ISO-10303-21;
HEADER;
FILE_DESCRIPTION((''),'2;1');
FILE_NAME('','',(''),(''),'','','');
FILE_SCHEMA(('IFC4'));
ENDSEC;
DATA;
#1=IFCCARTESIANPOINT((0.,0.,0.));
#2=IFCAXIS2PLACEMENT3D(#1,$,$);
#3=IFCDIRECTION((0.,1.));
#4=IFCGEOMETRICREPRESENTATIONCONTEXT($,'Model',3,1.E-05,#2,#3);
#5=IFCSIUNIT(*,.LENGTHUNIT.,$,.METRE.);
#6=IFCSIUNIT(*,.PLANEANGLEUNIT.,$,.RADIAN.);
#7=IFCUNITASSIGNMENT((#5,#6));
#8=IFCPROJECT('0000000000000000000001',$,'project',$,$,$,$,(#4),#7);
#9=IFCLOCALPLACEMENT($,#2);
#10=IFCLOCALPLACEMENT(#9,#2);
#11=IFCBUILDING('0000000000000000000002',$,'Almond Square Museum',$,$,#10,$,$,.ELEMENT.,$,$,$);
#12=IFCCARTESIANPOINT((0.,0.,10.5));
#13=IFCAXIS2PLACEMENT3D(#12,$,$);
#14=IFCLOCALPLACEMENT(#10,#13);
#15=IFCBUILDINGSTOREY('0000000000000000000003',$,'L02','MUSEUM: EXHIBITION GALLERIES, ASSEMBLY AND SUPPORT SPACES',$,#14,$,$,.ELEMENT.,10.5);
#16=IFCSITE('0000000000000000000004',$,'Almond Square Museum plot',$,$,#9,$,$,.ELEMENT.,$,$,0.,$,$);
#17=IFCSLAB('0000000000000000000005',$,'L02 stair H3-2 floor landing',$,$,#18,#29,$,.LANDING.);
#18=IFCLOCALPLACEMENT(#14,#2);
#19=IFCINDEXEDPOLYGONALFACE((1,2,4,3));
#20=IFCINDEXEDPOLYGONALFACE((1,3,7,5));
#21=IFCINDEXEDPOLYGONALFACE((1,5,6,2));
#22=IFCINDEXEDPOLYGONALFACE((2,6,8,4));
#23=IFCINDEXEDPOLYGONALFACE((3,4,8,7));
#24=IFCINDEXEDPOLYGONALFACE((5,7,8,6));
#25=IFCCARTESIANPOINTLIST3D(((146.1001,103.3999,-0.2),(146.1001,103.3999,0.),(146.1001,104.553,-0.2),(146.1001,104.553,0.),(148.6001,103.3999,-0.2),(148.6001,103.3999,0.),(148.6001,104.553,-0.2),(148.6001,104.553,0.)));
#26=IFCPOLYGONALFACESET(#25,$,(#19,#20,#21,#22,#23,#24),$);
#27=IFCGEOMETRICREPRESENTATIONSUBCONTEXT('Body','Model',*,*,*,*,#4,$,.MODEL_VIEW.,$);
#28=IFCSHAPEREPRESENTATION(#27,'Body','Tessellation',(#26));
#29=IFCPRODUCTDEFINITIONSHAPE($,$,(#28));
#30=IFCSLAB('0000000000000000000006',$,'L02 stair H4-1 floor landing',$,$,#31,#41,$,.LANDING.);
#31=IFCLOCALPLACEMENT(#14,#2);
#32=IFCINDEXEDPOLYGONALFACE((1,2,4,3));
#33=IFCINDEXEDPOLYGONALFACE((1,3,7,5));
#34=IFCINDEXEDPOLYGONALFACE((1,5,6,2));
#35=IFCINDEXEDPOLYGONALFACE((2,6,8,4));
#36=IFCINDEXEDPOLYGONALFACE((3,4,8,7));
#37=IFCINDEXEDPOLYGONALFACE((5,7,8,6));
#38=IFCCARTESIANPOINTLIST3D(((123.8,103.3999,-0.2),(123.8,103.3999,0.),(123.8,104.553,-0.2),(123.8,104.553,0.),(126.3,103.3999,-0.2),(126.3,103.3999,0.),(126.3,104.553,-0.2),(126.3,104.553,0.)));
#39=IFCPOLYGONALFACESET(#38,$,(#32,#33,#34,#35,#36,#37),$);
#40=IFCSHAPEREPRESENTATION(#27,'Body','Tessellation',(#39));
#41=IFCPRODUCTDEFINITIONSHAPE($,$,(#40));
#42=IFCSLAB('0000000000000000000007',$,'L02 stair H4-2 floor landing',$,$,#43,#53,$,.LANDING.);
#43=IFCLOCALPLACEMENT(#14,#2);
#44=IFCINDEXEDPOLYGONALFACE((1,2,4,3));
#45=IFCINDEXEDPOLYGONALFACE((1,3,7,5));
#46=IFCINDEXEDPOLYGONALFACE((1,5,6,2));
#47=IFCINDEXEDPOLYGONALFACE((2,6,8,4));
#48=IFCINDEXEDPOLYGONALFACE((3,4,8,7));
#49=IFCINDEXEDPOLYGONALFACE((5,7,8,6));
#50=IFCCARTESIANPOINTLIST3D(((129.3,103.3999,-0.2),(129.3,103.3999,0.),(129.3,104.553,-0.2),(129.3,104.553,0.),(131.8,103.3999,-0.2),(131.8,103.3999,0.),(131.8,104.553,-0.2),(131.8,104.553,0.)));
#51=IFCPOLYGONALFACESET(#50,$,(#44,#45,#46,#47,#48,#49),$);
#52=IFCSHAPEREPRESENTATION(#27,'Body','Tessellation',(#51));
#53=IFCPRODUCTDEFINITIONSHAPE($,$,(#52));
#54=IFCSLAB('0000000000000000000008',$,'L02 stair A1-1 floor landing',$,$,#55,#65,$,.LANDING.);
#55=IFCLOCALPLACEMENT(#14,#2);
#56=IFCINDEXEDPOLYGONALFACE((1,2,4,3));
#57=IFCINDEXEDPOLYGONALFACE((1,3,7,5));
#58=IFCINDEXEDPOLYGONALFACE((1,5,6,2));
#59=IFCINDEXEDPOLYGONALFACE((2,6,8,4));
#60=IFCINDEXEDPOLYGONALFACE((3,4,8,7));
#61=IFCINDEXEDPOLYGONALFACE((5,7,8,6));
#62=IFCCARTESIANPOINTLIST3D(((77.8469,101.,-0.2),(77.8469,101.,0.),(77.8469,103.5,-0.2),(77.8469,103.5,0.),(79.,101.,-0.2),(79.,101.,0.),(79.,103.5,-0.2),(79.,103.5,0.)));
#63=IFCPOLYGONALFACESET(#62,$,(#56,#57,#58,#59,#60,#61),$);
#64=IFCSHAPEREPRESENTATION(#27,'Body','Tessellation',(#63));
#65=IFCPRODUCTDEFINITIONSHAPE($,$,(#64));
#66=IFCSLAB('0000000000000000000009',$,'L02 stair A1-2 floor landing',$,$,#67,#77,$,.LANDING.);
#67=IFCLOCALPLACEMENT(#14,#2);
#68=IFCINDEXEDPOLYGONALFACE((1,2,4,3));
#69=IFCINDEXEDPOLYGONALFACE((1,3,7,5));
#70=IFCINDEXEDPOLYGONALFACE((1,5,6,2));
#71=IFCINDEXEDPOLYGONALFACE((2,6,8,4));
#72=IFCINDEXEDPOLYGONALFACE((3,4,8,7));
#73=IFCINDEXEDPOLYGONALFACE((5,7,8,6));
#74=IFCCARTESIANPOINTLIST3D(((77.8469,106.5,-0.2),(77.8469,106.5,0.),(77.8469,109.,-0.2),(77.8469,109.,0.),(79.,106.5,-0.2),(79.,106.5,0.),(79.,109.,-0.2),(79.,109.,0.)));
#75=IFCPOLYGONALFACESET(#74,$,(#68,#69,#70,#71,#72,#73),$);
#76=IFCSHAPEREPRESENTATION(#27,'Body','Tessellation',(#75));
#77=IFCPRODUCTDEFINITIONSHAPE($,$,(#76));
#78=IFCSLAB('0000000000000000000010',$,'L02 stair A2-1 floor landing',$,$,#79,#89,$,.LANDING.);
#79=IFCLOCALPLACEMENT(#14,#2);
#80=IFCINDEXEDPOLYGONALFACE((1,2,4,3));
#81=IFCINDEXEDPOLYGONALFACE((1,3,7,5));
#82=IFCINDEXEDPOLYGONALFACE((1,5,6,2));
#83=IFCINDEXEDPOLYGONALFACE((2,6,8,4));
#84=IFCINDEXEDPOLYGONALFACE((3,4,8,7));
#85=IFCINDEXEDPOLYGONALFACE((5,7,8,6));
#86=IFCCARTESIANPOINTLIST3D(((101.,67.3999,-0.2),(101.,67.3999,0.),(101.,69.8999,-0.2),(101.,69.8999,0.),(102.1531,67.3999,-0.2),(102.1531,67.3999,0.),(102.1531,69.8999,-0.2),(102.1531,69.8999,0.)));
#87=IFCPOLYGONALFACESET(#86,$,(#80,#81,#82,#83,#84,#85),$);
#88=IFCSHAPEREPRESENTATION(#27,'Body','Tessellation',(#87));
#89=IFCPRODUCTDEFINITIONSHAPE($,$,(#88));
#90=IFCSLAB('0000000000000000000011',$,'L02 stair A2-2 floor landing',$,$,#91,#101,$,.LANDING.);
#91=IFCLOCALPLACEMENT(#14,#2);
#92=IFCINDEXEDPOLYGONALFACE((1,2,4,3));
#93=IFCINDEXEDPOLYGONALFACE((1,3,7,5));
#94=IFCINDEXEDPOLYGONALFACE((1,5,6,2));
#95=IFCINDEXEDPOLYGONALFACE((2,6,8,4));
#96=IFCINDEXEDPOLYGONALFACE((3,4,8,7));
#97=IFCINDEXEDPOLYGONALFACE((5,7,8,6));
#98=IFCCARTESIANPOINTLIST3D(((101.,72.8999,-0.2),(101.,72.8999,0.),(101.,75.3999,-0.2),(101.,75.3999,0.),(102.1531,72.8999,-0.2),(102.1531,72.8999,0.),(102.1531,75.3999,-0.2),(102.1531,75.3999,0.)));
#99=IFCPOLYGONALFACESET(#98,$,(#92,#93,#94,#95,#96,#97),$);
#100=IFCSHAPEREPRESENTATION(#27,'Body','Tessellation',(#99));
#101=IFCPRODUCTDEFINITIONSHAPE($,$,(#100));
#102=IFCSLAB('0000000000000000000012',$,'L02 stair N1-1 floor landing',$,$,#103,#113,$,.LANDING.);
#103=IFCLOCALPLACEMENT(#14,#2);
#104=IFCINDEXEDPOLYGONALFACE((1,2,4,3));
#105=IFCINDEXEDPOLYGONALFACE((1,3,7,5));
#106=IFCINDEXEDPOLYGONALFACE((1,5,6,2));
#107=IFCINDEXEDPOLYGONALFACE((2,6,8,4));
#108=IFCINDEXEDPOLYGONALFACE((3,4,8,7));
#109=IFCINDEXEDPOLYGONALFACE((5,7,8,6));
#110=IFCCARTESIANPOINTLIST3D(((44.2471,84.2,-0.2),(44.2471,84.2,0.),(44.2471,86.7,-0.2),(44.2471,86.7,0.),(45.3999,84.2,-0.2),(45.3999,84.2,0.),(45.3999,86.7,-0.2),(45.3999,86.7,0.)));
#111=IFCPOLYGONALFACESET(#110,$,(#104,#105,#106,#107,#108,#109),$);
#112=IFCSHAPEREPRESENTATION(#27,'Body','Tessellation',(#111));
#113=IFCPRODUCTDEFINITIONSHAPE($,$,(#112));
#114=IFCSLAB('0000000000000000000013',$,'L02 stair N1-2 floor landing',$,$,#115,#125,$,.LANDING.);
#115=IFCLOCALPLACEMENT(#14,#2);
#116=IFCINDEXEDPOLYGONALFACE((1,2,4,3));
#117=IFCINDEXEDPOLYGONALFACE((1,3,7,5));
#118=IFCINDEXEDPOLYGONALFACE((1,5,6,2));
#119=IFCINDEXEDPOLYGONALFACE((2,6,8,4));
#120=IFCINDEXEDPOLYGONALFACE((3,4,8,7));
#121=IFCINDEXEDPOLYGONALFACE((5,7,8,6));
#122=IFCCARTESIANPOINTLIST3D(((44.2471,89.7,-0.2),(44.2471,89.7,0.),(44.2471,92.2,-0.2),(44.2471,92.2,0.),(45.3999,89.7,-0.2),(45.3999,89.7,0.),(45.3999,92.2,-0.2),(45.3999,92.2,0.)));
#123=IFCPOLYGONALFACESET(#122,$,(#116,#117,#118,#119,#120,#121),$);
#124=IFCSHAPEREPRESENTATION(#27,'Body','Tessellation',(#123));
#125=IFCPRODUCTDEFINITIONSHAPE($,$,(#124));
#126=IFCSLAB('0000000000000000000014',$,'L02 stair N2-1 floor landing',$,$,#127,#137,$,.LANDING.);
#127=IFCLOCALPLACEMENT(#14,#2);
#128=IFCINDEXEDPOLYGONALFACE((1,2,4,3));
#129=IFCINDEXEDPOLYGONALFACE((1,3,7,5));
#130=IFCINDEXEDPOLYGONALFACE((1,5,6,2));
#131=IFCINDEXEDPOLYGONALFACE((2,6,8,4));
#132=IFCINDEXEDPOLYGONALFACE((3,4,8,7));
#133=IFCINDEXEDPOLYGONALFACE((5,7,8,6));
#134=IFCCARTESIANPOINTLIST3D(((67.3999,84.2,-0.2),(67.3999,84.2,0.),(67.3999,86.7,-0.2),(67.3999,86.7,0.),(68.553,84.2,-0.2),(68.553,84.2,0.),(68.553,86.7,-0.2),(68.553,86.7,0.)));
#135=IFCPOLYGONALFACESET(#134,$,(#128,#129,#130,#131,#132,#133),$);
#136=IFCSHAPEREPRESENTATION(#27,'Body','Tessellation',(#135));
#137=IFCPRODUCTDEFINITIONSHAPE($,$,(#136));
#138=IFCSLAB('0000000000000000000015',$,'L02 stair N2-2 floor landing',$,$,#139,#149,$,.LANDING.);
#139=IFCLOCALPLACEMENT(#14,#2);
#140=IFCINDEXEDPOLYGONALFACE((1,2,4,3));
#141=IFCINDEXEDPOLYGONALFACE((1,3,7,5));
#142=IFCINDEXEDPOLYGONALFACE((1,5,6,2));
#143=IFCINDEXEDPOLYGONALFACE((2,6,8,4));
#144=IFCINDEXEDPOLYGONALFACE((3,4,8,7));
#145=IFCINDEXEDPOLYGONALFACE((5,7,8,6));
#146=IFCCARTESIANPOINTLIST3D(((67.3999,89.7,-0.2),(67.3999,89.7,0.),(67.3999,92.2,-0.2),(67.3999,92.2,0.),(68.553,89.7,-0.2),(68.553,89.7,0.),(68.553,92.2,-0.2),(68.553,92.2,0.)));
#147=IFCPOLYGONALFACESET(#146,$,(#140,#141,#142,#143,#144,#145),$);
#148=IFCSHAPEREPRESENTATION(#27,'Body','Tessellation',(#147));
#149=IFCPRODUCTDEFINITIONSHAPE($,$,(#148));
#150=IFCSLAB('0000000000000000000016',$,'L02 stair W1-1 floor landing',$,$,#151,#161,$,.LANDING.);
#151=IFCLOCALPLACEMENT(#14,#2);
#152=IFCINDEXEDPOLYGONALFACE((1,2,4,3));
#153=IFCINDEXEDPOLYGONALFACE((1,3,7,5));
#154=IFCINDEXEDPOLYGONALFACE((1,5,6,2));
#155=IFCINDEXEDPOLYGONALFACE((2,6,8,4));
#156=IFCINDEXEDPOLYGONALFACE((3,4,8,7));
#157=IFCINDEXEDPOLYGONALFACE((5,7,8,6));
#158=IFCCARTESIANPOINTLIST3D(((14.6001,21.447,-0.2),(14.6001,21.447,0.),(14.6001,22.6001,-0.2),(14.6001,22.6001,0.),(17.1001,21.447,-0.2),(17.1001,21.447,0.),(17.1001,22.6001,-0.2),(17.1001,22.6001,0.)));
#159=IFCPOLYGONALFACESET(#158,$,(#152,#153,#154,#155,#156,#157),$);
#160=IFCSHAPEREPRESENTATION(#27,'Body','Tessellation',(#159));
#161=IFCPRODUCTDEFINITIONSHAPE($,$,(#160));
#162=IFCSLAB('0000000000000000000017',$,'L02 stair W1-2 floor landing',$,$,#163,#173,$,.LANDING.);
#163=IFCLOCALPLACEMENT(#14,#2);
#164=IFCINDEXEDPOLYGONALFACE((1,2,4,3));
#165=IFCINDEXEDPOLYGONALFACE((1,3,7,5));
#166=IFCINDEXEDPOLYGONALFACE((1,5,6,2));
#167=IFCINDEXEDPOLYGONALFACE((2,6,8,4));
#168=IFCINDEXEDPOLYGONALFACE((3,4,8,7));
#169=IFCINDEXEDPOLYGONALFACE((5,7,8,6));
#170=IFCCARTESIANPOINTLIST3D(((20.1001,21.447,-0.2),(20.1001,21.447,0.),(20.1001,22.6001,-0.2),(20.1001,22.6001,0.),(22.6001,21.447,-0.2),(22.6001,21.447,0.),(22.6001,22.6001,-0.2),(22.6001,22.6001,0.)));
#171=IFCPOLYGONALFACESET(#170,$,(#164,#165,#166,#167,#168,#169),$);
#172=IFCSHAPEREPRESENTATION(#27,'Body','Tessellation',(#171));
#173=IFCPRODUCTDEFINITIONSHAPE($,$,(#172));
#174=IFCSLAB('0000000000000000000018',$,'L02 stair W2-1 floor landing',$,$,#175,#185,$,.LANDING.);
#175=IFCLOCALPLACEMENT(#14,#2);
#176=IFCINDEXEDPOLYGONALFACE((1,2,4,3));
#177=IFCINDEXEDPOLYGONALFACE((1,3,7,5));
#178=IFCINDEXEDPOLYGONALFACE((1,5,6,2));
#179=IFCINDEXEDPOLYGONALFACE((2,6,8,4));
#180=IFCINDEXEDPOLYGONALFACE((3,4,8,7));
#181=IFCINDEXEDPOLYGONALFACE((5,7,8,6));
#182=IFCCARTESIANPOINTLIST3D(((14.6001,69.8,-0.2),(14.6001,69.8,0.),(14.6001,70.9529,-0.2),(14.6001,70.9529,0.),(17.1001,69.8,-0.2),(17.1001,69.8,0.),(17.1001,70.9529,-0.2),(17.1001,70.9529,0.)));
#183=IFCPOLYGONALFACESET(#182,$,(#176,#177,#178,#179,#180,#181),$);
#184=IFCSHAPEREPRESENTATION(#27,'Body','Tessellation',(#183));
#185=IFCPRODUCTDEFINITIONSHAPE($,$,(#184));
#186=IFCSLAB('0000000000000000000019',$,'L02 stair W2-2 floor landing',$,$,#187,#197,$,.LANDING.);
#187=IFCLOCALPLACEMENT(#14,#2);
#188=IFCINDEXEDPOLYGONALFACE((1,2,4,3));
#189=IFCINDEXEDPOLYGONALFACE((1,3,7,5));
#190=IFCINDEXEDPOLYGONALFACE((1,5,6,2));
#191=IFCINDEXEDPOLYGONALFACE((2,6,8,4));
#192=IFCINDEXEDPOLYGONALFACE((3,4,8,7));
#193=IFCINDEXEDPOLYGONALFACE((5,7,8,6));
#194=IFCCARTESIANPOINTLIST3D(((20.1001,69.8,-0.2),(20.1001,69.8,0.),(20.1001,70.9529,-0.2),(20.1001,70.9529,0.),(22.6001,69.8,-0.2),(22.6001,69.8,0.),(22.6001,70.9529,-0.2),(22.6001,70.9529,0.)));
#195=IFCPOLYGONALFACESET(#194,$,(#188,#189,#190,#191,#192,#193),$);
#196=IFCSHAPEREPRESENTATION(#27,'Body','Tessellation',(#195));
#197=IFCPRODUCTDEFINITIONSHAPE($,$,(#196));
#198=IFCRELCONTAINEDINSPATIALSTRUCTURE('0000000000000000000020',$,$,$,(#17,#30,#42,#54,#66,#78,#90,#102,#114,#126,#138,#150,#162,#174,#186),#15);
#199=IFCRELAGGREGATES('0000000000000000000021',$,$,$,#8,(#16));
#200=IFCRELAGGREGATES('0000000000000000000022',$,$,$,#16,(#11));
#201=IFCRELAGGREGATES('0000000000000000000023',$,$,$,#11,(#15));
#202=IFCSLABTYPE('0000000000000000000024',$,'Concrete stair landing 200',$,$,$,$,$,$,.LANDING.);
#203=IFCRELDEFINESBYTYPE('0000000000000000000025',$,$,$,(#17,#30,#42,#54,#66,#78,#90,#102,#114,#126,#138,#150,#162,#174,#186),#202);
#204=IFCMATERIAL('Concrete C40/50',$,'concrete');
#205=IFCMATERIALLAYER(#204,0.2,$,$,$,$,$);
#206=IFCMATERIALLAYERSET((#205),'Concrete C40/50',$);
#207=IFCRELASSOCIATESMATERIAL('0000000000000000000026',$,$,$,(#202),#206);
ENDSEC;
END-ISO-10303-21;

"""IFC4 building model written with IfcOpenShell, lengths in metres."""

from ifc_helpers import new_model, si_unit, direction, frame, origin, place, context, subcontext, project, spatial, polyline, outline, extrude, material, layer, layer_set, type_object, element, save


model = new_model("IFC4")

# Units and contexts
model_context = context("Model", 3, precision=1e-05, world=origin(), true_north=direction((0.0, 1.0)))
body_context = subcontext(model_context, "Body", "Model", "MODEL_VIEW")
ifc_project = project(units=[si_unit("LENGTHUNIT", "METRE"), si_unit("PLANEANGLEUNIT", "RADIAN")], contexts=[model_context])

# Site, building, storey
site_placement = place(None, origin())
site = spatial("IfcSite", under=ifc_project, at=site_placement, Name="Almond Square Museum plot", CompositionType="ELEMENT", RefElevation=0.0)
building_placement = place(site_placement, origin())
building = spatial("IfcBuilding", under=site, at=building_placement, Name="Almond Square Museum", CompositionType="ELEMENT")
storey_placement = place(building_placement, frame((0.0, 0.0, 10.5)))
storey = spatial("IfcBuildingStorey", under=building, at=storey_placement, Name="L02", Description="MUSEUM: EXHIBITION GALLERIES, ASSEMBLY AND SUPPORT SPACES", CompositionType="ELEMENT", Elevation=10.5)

# Slabs
ifc_material_1 = material(Name="Concrete C40/50", Category="concrete")
ifc_layer_1 = layer(ifc_material_1, 0.2)
ifc_layer_set_1 = layer_set([ifc_layer_1], Name="Concrete C40/50")
slab_type_1 = type_object("IfcSlabType", Name="Concrete stair landing 200", PredefinedType="LANDING", material=ifc_layer_set_1)
slab_1_placement = place(storey_placement, frame((0.0, 0.0, -0.2)))
element("IfcSlab", 1, at=slab_1_placement, inside=storey, type_object=slab_type_1, Name="L02 stair H3-2 floor landing", PredefinedType="LANDING", context=body_context, shape_type="SweptSolid", body=[
    extrude(outline(polyline([(146.1001, 103.3999), (148.6001, 103.3999), (148.6001, 104.553), (146.1001, 104.553), (146.1001, 103.3999)])), origin(), (0.0, 0.0, 1.0), 0.2),
])
slab_2_placement = place(storey_placement, frame((0.0, 0.0, -0.2)))
element("IfcSlab", 2, at=slab_2_placement, inside=storey, type_object=slab_type_1, Name="L02 stair H4-1 floor landing", PredefinedType="LANDING", context=body_context, shape_type="SweptSolid", body=[
    extrude(outline(polyline([(123.8, 103.3999), (126.3, 103.3999), (126.3, 104.553), (123.8, 104.553), (123.8, 103.3999)])), origin(), (0.0, 0.0, 1.0), 0.2),
])
slab_3_placement = place(storey_placement, frame((0.0, 0.0, -0.2)))
element("IfcSlab", 3, at=slab_3_placement, inside=storey, type_object=slab_type_1, Name="L02 stair H4-2 floor landing", PredefinedType="LANDING", context=body_context, shape_type="SweptSolid", body=[
    extrude(outline(polyline([(129.3, 103.3999), (131.8, 103.3999), (131.8, 104.553), (129.3, 104.553), (129.3, 103.3999)])), origin(), (0.0, 0.0, 1.0), 0.2),
])
slab_4_placement = place(storey_placement, frame((0.0, 0.0, -0.2)))
element("IfcSlab", 4, at=slab_4_placement, inside=storey, type_object=slab_type_1, Name="L02 stair A1-1 floor landing", PredefinedType="LANDING", context=body_context, shape_type="SweptSolid", body=[
    extrude(outline(polyline([(77.8469, 101.0), (79.0, 101.0), (79.0, 103.5), (77.8469, 103.5), (77.8469, 101.0)])), origin(), (0.0, 0.0, 1.0), 0.2),
])
slab_5_placement = place(storey_placement, frame((0.0, 0.0, -0.2)))
element("IfcSlab", 5, at=slab_5_placement, inside=storey, type_object=slab_type_1, Name="L02 stair A1-2 floor landing", PredefinedType="LANDING", context=body_context, shape_type="SweptSolid", body=[
    extrude(outline(polyline([(77.8469, 106.5), (79.0, 106.5), (79.0, 109.0), (77.8469, 109.0), (77.8469, 106.5)])), origin(), (0.0, 0.0, 1.0), 0.2),
])
slab_6_placement = place(storey_placement, frame((0.0, 0.0, -0.2)))
element("IfcSlab", 6, at=slab_6_placement, inside=storey, type_object=slab_type_1, Name="L02 stair A2-1 floor landing", PredefinedType="LANDING", context=body_context, shape_type="SweptSolid", body=[
    extrude(outline(polyline([(101.0, 67.3999), (102.1531, 67.3999), (102.1531, 69.8999), (101.0, 69.8999), (101.0, 67.3999)])), origin(), (0.0, 0.0, 1.0), 0.2),
])
slab_7_placement = place(storey_placement, frame((0.0, 0.0, -0.2)))
element("IfcSlab", 7, at=slab_7_placement, inside=storey, type_object=slab_type_1, Name="L02 stair A2-2 floor landing", PredefinedType="LANDING", context=body_context, shape_type="SweptSolid", body=[
    extrude(outline(polyline([(101.0, 72.8999), (102.1531, 72.8999), (102.1531, 75.3999), (101.0, 75.3999), (101.0, 72.8999)])), origin(), (0.0, 0.0, 1.0), 0.2),
])
slab_8_placement = place(storey_placement, frame((0.0, 0.0, -0.2)))
element("IfcSlab", 8, at=slab_8_placement, inside=storey, type_object=slab_type_1, Name="L02 stair N1-1 floor landing", PredefinedType="LANDING", context=body_context, shape_type="SweptSolid", body=[
    extrude(outline(polyline([(44.2471, 84.2), (45.3999, 84.2), (45.3999, 86.7), (44.2471, 86.7), (44.2471, 84.2)])), origin(), (0.0, 0.0, 1.0), 0.2),
])
slab_9_placement = place(storey_placement, frame((0.0, 0.0, -0.2)))
element("IfcSlab", 9, at=slab_9_placement, inside=storey, type_object=slab_type_1, Name="L02 stair N1-2 floor landing", PredefinedType="LANDING", context=body_context, shape_type="SweptSolid", body=[
    extrude(outline(polyline([(44.2471, 89.7), (45.3999, 89.7), (45.3999, 92.2), (44.2471, 92.2), (44.2471, 89.7)])), origin(), (0.0, 0.0, 1.0), 0.2),
])
slab_10_placement = place(storey_placement, frame((0.0, 0.0, -0.2)))
element("IfcSlab", 10, at=slab_10_placement, inside=storey, type_object=slab_type_1, Name="L02 stair N2-1 floor landing", PredefinedType="LANDING", context=body_context, shape_type="SweptSolid", body=[
    extrude(outline(polyline([(67.3999, 84.2), (68.553, 84.2), (68.553, 86.7), (67.3999, 86.7), (67.3999, 84.2)])), origin(), (0.0, 0.0, 1.0), 0.2),
])
slab_11_placement = place(storey_placement, frame((0.0, 0.0, -0.2)))
element("IfcSlab", 11, at=slab_11_placement, inside=storey, type_object=slab_type_1, Name="L02 stair N2-2 floor landing", PredefinedType="LANDING", context=body_context, shape_type="SweptSolid", body=[
    extrude(outline(polyline([(67.3999, 89.7), (68.553, 89.7), (68.553, 92.2), (67.3999, 92.2), (67.3999, 89.7)])), origin(), (0.0, 0.0, 1.0), 0.2),
])
slab_12_placement = place(storey_placement, frame((0.0, 0.0, -0.2)))
element("IfcSlab", 12, at=slab_12_placement, inside=storey, type_object=slab_type_1, Name="L02 stair W1-1 floor landing", PredefinedType="LANDING", context=body_context, shape_type="SweptSolid", body=[
    extrude(outline(polyline([(14.6001, 21.447), (17.1001, 21.447), (17.1001, 22.6001), (14.6001, 22.6001), (14.6001, 21.447)])), origin(), (0.0, 0.0, 1.0), 0.2),
])
slab_13_placement = place(storey_placement, frame((0.0, 0.0, -0.2)))
element("IfcSlab", 13, at=slab_13_placement, inside=storey, type_object=slab_type_1, Name="L02 stair W1-2 floor landing", PredefinedType="LANDING", context=body_context, shape_type="SweptSolid", body=[
    extrude(outline(polyline([(20.1001, 21.447), (22.6001, 21.447), (22.6001, 22.6001), (20.1001, 22.6001), (20.1001, 21.447)])), origin(), (0.0, 0.0, 1.0), 0.2),
])
slab_14_placement = place(storey_placement, frame((0.0, 0.0, -0.2)))
element("IfcSlab", 14, at=slab_14_placement, inside=storey, type_object=slab_type_1, Name="L02 stair W2-1 floor landing", PredefinedType="LANDING", context=body_context, shape_type="SweptSolid", body=[
    extrude(outline(polyline([(14.6001, 69.8), (17.1001, 69.8), (17.1001, 70.9529), (14.6001, 70.9529), (14.6001, 69.8)])), origin(), (0.0, 0.0, 1.0), 0.2),
])
slab_15_placement = place(storey_placement, frame((0.0, 0.0, -0.2)))
element("IfcSlab", 15, at=slab_15_placement, inside=storey, type_object=slab_type_1, Name="L02 stair W2-2 floor landing", PredefinedType="LANDING", context=body_context, shape_type="SweptSolid", body=[
    extrude(outline(polyline([(20.1001, 69.8), (22.6001, 69.8), (22.6001, 70.9529), (20.1001, 70.9529), (20.1001, 69.8)])), origin(), (0.0, 0.0, 1.0), 0.2),
])

save(model, "model.ifc")
